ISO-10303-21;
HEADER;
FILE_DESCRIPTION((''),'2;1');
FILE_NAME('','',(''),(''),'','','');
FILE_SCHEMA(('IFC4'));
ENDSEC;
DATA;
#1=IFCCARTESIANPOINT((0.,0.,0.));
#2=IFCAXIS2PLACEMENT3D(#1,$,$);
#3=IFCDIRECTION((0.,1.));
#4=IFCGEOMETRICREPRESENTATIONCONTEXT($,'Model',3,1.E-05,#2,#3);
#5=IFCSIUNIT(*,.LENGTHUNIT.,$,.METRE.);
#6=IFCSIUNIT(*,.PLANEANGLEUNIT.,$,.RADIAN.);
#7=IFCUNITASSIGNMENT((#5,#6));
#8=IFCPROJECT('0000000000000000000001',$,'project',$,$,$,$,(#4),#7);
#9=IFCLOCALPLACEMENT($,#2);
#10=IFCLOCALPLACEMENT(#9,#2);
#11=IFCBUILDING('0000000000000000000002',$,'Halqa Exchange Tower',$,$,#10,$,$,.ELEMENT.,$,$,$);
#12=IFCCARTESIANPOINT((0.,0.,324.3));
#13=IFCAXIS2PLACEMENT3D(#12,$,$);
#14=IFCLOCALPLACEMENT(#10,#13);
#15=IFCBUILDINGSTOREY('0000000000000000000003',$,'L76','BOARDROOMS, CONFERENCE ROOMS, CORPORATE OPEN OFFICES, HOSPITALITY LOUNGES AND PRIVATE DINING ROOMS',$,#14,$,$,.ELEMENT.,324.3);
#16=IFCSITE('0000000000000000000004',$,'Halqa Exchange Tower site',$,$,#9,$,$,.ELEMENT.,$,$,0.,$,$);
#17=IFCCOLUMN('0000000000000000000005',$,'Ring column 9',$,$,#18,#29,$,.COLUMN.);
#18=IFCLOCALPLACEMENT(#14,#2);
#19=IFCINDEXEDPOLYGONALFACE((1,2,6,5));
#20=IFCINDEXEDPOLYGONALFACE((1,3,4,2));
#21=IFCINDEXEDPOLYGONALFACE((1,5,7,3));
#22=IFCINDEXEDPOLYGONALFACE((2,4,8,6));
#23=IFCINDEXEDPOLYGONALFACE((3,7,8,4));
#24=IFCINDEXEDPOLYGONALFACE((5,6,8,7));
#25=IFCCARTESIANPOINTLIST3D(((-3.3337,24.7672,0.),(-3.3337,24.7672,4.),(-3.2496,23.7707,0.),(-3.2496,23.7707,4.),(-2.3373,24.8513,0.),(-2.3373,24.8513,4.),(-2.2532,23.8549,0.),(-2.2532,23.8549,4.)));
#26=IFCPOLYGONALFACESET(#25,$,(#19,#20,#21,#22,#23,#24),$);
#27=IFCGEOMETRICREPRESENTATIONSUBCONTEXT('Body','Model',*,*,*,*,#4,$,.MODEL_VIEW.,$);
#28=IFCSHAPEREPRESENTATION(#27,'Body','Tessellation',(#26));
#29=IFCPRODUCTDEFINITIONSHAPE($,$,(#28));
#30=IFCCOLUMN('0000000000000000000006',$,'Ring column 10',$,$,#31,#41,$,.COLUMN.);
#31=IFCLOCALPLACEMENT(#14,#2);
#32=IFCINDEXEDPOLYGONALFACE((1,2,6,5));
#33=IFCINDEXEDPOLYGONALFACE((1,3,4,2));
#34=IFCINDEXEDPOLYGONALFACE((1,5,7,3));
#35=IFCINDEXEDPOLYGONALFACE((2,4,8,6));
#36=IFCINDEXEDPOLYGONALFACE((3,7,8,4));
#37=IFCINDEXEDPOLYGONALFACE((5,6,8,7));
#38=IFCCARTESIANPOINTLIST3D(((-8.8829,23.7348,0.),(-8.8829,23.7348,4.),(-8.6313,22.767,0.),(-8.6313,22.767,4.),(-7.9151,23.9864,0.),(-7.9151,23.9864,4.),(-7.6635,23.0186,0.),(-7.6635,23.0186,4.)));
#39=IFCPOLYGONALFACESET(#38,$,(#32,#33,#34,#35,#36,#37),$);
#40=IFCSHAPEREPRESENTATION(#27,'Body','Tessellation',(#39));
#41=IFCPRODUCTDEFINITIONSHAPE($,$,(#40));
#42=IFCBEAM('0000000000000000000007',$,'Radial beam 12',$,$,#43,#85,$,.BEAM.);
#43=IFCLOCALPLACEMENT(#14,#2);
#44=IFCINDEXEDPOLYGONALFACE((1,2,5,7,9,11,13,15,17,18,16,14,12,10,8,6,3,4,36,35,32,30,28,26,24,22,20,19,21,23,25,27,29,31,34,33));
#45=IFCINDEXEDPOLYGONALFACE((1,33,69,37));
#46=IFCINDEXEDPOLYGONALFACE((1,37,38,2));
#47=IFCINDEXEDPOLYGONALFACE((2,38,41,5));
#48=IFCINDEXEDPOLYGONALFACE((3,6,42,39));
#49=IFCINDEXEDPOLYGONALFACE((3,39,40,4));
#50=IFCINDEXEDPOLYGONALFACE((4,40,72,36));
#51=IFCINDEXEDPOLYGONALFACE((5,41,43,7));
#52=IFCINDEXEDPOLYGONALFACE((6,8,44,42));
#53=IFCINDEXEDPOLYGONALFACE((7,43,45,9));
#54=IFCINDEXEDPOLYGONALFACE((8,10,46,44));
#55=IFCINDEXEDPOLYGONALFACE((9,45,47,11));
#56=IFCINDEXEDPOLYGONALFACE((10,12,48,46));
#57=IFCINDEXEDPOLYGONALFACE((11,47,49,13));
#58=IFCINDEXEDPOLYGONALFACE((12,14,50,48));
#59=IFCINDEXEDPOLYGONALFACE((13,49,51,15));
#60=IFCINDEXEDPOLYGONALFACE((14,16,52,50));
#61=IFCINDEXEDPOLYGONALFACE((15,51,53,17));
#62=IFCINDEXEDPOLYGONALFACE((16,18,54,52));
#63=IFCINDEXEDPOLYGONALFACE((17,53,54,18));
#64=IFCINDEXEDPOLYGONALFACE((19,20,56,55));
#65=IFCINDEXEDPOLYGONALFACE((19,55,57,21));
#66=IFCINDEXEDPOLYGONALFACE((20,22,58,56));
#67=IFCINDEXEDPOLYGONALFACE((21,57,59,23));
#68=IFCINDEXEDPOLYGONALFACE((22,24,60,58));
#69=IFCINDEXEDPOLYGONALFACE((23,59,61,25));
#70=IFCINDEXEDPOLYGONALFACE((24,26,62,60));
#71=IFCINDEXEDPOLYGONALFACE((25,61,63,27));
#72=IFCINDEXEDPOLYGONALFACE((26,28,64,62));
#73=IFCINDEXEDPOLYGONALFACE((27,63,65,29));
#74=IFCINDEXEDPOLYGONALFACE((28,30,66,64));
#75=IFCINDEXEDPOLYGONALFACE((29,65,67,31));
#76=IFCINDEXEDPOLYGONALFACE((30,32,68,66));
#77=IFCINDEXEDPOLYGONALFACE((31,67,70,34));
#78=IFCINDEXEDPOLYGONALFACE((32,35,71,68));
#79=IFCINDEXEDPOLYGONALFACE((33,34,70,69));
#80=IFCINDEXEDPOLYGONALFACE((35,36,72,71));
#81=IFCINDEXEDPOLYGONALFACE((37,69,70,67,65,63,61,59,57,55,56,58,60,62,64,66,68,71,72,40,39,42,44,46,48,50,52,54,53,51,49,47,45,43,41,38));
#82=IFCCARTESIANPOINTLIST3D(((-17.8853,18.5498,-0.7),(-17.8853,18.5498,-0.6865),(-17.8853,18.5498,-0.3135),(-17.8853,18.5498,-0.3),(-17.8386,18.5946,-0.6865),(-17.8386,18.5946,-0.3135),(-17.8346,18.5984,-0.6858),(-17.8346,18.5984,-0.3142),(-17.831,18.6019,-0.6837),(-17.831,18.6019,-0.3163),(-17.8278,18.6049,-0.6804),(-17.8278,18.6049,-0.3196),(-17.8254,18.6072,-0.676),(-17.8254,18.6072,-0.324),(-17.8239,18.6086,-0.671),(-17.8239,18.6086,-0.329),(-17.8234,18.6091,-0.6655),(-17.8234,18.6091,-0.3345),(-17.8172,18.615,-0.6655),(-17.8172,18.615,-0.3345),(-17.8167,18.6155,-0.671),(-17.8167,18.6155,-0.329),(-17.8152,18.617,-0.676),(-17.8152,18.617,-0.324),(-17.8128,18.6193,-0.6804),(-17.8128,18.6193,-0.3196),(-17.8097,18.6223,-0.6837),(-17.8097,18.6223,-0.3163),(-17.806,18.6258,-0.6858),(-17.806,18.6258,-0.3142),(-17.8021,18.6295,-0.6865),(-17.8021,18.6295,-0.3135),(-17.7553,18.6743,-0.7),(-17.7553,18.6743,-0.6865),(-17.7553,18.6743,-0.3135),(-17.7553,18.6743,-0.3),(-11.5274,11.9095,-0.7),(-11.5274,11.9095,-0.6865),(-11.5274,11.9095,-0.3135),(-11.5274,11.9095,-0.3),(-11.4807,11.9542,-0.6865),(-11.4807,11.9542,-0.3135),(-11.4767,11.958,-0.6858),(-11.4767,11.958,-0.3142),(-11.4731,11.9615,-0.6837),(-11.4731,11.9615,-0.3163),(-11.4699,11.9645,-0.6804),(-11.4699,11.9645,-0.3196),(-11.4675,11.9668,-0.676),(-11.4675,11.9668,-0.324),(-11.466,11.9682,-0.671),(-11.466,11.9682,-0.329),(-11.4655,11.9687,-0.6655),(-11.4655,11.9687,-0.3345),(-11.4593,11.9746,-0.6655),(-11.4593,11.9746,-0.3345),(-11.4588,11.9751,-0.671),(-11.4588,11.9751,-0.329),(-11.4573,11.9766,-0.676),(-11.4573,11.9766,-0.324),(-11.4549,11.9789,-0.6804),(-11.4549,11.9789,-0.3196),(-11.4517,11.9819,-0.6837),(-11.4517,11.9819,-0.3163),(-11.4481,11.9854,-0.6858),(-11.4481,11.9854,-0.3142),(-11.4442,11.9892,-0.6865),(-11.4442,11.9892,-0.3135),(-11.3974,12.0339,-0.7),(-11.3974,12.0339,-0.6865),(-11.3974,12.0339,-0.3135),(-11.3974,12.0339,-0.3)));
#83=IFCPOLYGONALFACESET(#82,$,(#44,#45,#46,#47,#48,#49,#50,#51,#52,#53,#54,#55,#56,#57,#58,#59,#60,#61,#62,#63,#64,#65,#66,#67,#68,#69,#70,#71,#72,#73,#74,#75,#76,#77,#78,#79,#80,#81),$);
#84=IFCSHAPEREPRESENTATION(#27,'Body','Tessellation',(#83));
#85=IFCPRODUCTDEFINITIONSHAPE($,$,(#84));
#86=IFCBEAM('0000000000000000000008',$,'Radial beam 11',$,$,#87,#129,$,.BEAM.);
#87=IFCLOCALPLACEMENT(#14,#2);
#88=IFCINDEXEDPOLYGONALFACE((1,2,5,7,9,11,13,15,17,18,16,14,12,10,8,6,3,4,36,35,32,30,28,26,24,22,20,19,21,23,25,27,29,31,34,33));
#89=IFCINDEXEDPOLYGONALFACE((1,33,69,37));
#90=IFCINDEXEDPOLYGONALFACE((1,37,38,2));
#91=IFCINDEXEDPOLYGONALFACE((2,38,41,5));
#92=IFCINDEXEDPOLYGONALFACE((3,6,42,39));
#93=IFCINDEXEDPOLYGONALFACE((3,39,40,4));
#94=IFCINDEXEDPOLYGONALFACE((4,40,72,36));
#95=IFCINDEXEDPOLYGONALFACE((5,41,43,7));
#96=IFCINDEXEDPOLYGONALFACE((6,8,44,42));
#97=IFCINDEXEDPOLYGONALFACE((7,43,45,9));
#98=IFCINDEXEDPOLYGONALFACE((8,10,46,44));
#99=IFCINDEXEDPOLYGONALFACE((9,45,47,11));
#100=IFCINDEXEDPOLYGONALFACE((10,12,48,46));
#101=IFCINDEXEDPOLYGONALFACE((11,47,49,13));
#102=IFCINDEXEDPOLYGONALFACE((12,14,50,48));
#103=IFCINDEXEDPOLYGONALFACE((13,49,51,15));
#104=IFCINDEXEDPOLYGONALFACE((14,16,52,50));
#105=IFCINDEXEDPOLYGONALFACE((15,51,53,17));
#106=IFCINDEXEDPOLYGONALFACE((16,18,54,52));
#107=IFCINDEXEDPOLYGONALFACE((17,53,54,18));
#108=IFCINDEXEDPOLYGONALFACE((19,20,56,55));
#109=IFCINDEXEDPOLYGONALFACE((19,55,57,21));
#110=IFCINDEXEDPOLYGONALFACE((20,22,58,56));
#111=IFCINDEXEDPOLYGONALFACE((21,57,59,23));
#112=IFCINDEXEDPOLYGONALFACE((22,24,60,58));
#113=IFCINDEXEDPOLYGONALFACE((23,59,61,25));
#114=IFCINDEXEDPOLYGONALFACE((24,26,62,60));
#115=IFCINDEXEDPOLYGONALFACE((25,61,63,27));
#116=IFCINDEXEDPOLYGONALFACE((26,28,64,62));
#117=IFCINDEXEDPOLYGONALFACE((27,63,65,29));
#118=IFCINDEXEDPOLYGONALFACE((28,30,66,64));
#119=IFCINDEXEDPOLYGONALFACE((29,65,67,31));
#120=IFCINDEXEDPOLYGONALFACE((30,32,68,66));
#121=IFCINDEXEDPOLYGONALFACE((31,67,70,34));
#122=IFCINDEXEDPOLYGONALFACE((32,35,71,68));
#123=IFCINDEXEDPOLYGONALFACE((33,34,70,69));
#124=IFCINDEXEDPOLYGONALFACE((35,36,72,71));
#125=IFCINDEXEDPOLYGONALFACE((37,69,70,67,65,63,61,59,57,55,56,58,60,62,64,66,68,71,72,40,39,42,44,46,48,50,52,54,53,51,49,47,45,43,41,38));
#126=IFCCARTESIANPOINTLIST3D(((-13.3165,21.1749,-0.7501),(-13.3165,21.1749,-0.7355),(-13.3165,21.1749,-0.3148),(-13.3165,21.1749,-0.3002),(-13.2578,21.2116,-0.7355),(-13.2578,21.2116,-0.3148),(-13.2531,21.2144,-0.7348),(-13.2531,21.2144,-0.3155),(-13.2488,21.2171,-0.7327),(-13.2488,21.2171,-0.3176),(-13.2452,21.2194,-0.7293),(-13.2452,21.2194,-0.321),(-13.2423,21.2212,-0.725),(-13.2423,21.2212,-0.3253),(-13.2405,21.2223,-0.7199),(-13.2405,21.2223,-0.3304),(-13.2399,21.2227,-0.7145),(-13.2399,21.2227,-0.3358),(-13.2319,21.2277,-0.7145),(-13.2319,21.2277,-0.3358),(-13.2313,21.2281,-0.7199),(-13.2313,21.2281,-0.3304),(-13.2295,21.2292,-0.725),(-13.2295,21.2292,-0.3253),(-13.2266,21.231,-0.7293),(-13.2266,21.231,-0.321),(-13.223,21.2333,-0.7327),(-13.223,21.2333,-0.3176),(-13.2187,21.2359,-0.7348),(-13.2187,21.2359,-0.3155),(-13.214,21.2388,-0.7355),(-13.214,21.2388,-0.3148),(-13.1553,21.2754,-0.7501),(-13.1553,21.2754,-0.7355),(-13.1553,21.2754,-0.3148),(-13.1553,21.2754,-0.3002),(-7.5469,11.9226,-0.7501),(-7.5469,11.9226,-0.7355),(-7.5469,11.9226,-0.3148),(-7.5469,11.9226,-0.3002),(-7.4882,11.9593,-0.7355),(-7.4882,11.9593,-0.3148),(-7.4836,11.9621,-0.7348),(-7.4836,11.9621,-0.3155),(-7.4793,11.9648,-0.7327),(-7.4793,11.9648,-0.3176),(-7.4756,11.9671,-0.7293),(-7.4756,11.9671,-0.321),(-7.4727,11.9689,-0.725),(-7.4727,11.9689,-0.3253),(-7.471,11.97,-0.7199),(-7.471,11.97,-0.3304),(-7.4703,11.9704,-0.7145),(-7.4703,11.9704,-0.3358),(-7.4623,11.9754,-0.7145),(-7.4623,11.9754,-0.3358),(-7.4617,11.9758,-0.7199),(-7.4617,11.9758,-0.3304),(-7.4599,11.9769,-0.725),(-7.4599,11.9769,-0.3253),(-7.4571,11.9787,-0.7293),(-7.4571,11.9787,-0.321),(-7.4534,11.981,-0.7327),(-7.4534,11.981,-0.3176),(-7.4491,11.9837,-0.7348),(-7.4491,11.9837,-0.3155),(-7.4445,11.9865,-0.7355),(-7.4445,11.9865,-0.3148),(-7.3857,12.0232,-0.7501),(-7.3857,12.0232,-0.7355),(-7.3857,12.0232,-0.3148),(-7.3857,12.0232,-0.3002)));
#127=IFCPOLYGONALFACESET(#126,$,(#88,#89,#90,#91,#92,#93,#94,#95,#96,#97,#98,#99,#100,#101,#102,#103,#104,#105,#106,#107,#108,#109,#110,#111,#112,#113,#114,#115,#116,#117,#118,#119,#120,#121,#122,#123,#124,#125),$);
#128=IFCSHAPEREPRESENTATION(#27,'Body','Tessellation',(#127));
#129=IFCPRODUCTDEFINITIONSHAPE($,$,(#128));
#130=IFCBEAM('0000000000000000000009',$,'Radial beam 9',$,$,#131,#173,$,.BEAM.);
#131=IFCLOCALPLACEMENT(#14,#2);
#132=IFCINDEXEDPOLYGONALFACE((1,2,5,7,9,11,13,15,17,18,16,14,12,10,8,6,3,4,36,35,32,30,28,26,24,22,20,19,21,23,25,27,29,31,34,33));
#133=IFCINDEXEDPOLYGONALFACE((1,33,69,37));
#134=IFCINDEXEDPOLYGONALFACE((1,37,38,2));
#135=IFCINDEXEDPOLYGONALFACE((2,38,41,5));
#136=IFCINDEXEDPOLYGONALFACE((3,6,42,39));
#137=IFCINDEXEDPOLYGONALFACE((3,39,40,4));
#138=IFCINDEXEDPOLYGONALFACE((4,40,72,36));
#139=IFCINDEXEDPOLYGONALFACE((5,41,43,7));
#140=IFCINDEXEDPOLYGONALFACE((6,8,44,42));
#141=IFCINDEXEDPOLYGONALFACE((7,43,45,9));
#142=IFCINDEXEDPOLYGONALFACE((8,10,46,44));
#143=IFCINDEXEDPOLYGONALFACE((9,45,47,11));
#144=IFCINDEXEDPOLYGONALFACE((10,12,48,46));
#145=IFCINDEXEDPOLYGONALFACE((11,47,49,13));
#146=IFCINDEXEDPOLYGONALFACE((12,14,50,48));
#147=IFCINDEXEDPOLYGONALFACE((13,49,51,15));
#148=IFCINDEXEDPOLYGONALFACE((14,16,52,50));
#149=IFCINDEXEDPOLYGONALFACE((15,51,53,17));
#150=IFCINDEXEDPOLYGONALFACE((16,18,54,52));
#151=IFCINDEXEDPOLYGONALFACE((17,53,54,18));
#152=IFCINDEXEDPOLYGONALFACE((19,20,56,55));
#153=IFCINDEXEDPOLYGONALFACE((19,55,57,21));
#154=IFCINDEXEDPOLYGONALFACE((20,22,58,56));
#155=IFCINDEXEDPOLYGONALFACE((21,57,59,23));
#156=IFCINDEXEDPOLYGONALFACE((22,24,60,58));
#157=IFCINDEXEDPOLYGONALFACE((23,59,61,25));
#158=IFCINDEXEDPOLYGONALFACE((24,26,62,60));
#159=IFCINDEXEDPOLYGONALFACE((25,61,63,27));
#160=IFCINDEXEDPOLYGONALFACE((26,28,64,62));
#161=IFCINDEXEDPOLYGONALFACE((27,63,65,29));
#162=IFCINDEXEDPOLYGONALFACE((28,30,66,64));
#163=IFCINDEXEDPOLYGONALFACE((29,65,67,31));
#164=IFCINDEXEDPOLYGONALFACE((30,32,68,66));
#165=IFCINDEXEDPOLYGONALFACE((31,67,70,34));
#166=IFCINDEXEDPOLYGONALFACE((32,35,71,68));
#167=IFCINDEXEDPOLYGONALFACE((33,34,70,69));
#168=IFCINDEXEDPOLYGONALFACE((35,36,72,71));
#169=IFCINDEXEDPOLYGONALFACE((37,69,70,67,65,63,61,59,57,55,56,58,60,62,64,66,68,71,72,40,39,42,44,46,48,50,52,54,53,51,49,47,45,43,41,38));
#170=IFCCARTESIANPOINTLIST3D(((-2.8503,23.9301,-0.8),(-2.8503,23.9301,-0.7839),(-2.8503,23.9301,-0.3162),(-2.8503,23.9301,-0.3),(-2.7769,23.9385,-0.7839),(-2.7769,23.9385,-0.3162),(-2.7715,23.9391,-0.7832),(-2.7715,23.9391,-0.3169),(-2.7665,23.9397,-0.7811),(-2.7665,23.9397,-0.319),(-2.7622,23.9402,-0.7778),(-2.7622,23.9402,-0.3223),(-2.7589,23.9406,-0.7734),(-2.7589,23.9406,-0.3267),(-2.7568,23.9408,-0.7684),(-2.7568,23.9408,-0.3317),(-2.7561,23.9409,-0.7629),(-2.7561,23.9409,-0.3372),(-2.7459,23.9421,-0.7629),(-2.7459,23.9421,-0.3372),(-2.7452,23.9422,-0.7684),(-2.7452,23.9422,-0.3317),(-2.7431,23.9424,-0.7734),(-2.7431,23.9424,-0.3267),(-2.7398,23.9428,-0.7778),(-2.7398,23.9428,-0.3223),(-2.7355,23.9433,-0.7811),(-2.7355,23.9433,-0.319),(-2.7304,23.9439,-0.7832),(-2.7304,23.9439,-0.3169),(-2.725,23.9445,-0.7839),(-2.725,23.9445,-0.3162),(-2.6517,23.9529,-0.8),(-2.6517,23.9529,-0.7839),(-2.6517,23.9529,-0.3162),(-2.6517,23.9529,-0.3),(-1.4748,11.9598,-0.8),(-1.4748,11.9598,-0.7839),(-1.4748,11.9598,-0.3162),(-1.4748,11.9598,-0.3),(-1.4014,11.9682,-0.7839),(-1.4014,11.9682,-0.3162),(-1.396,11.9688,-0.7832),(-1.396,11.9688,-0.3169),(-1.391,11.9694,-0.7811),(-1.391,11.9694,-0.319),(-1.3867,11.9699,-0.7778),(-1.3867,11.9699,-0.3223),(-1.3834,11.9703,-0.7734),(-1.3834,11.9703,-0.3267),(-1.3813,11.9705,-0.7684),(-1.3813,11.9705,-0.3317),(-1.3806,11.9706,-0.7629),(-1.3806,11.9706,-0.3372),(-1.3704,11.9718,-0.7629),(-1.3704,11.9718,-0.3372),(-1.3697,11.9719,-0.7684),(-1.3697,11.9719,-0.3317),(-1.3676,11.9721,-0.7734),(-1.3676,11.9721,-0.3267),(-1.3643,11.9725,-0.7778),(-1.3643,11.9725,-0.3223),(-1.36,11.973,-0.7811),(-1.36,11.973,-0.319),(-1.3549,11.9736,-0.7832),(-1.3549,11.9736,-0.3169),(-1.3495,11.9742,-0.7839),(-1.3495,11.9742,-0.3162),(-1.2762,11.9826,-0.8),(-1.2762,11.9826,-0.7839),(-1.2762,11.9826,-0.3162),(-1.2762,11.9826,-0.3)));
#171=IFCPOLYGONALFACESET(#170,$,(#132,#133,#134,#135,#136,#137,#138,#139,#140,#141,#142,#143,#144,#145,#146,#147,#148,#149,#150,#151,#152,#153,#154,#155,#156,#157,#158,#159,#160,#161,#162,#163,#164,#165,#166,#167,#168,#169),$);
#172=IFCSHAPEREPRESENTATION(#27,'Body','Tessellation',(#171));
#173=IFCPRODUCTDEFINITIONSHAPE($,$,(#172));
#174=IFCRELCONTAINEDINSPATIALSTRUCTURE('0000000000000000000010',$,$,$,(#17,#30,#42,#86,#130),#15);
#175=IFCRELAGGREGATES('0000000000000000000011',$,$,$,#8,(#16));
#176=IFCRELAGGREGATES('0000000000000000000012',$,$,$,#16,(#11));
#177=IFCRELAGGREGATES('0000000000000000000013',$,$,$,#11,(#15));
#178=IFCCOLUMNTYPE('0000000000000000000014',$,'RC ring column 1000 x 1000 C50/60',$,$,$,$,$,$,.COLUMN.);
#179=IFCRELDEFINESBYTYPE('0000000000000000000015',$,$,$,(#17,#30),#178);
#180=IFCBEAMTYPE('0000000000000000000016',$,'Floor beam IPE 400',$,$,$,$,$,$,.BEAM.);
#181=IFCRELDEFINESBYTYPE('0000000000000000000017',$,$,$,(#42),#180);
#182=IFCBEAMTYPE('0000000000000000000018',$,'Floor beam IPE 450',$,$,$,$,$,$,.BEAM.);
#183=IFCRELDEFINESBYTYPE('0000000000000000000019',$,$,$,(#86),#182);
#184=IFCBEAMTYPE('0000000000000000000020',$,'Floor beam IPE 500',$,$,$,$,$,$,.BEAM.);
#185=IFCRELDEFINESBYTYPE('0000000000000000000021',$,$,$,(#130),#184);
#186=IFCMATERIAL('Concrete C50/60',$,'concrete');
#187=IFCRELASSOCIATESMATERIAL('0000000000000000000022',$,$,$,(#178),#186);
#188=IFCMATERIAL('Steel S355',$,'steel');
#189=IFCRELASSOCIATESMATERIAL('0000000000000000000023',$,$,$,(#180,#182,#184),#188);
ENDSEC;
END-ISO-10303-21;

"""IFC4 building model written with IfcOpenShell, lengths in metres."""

from ifc_helpers import new_model, si_unit, direction, frame, origin, origin_2d, place, context, subcontext, project, spatial, rectangle, i_section, extrude, material, material_profile, profile_set, type_object, element, save


model = new_model("IFC4")

# Units and contexts
model_context = context("Model", 3, precision=1e-05, world=origin(), true_north=direction((0.0, 1.0)))
body_context = subcontext(model_context, "Body", "Model", "MODEL_VIEW")
ifc_project = project(units=[si_unit("LENGTHUNIT", "METRE"), si_unit("PLANEANGLEUNIT", "RADIAN")], contexts=[model_context])

# Site, building, storey
site_placement = place(None, origin())
site = spatial("IfcSite", under=ifc_project, at=site_placement, Name="Halqa Exchange Tower site", CompositionType="ELEMENT", RefElevation=0.0)
building_placement = place(site_placement, origin())
building = spatial("IfcBuilding", under=site, at=building_placement, Name="Halqa Exchange Tower", CompositionType="ELEMENT")
storey_placement = place(building_placement, frame((0.0, 0.0, 324.3)))
storey = spatial("IfcBuildingStorey", under=building, at=storey_placement, Name="L76", Description="BOARDROOMS, CONFERENCE ROOMS, CORPORATE OPEN OFFICES, HOSPITALITY LOUNGES AND PRIVATE DINING ROOMS", CompositionType="ELEMENT", Elevation=324.3)

# Columns
ifc_material_1 = material(Name="Concrete C50/60", Category="concrete")
ifc_material_profile_1 = material_profile(ifc_material_1, rectangle(XDim=1.0, YDim=1.0, at=origin_2d()), Name="1000 x 1000")
ifc_profile_set_1 = profile_set([ifc_material_profile_1], Name="Concrete C50/60")
column_type = type_object("IfcColumnType", Name="RC ring column 1000 x 1000 C50/60", PredefinedType="COLUMN", material=ifc_profile_set_1)
for number, where, z_axis, x_axis, name in (
    (1, (-2.7935, 24.311, 0.0), (0.0, 0.0, 1.0), (-0.996455, -0.084127, 0.0), "Ring column 9"),
    (2, (-8.2732, 23.3767, 0.0), (0.0, 0.0, 1.0), (-0.967819, -0.251647, 0.0), "Ring column 10"),
):
    element("IfcColumn", number, at=place(storey_placement, frame(where, z_axis=z_axis, x_axis=x_axis)), inside=storey, type_object=column_type, Name=name, PredefinedType="COLUMN", context=body_context, shape_type="SweptSolid", body=[
        extrude(rectangle(XDim=1.0, YDim=1.0, at=origin_2d()), origin(), (0.0, 0.0, 1.0), 4.0),
    ])

# Beams
ifc_material_2 = material(Name="Steel S355", Category="steel")
ifc_material_profile_2 = material_profile(ifc_material_2, i_section(OverallWidth=0.1799, OverallDepth=0.3999, WebThickness=0.0085, FlangeThickness=0.0134, FilletRadius=0.021, at=origin_2d()), Name="IPE 400")
ifc_profile_set_2 = profile_set([ifc_material_profile_2], Name="Steel S355")
beam_type_1 = type_object("IfcBeamType", Name="Floor beam IPE 400", PredefinedType="BEAM", material=ifc_profile_set_2)
beam_1_placement = place(storey_placement, frame((-11.4624, 11.9717, -0.5), z_axis=(-0.691577, 0.722303, 0.0), x_axis=(-0.722303, -0.691577, 0.0)))
element("IfcBeam", 3, at=beam_1_placement, inside=storey, type_object=beam_type_1, Name="Radial beam 12", PredefinedType="BEAM", context=body_context, shape_type="SweptSolid", body=[
    extrude(i_section(OverallWidth=0.1799, OverallDepth=0.3999, WebThickness=0.0085, FlangeThickness=0.0134, FilletRadius=0.021, at=origin_2d()), origin(), (0.0, 0.0, 1.0), 9.1934),
])
ifc_material_profile_3 = material_profile(ifc_material_2, i_section(OverallWidth=0.1899, OverallDepth=0.45, WebThickness=0.0095, FlangeThickness=0.0146, FilletRadius=0.021, at=origin_2d()), Name="IPE 450")
ifc_profile_set_3 = profile_set([ifc_material_profile_3], Name="Steel S355")
beam_type_2 = type_object("IfcBeamType", Name="Floor beam IPE 450", PredefinedType="BEAM", material=ifc_profile_set_3)
beam_2_placement = place(storey_placement, frame((-7.4663, 11.9729, -0.5251), z_axis=(-0.529135, 0.848538, 0.0), x_axis=(-0.848538, -0.529135, 0.0)))
element("IfcBeam", 4, at=beam_2_placement, inside=storey, type_object=beam_type_2, Name="Radial beam 11", PredefinedType="BEAM", context=body_context, shape_type="SweptSolid", body=[
    extrude(i_section(OverallWidth=0.1899, OverallDepth=0.45, WebThickness=0.0095, FlangeThickness=0.0146, FilletRadius=0.021, at=origin_2d()), origin(), (0.0, 0.0, 1.0), 10.9038),
])
ifc_material_profile_4 = material_profile(ifc_material_2, i_section(OverallWidth=0.2, OverallDepth=0.5, WebThickness=0.0103, FlangeThickness=0.0161, FilletRadius=0.021, at=origin_2d()), Name="IPE 500")
ifc_profile_set_4 = profile_set([ifc_material_profile_4], Name="Steel S355")
beam_type_3 = type_object("IfcBeamType", Name="Floor beam IPE 500", PredefinedType="BEAM", material=ifc_profile_set_4)
beam_3_placement = place(storey_placement, frame((-1.3755, 11.9712, -0.55), z_axis=(-0.114158, 0.993463, 0.0), x_axis=(-0.993463, -0.114158, 0.0)))
element("IfcBeam", 5, at=beam_3_placement, inside=storey, type_object=beam_type_3, Name="Radial beam 9", PredefinedType="BEAM", context=body_context, shape_type="SweptSolid", body=[
    extrude(i_section(OverallWidth=0.2, OverallDepth=0.5, WebThickness=0.0103, FlangeThickness=0.0161, FilletRadius=0.021, at=origin_2d()), origin(), (0.0, 0.0, 1.0), 12.0491),
])

save(model, "model.ifc")
